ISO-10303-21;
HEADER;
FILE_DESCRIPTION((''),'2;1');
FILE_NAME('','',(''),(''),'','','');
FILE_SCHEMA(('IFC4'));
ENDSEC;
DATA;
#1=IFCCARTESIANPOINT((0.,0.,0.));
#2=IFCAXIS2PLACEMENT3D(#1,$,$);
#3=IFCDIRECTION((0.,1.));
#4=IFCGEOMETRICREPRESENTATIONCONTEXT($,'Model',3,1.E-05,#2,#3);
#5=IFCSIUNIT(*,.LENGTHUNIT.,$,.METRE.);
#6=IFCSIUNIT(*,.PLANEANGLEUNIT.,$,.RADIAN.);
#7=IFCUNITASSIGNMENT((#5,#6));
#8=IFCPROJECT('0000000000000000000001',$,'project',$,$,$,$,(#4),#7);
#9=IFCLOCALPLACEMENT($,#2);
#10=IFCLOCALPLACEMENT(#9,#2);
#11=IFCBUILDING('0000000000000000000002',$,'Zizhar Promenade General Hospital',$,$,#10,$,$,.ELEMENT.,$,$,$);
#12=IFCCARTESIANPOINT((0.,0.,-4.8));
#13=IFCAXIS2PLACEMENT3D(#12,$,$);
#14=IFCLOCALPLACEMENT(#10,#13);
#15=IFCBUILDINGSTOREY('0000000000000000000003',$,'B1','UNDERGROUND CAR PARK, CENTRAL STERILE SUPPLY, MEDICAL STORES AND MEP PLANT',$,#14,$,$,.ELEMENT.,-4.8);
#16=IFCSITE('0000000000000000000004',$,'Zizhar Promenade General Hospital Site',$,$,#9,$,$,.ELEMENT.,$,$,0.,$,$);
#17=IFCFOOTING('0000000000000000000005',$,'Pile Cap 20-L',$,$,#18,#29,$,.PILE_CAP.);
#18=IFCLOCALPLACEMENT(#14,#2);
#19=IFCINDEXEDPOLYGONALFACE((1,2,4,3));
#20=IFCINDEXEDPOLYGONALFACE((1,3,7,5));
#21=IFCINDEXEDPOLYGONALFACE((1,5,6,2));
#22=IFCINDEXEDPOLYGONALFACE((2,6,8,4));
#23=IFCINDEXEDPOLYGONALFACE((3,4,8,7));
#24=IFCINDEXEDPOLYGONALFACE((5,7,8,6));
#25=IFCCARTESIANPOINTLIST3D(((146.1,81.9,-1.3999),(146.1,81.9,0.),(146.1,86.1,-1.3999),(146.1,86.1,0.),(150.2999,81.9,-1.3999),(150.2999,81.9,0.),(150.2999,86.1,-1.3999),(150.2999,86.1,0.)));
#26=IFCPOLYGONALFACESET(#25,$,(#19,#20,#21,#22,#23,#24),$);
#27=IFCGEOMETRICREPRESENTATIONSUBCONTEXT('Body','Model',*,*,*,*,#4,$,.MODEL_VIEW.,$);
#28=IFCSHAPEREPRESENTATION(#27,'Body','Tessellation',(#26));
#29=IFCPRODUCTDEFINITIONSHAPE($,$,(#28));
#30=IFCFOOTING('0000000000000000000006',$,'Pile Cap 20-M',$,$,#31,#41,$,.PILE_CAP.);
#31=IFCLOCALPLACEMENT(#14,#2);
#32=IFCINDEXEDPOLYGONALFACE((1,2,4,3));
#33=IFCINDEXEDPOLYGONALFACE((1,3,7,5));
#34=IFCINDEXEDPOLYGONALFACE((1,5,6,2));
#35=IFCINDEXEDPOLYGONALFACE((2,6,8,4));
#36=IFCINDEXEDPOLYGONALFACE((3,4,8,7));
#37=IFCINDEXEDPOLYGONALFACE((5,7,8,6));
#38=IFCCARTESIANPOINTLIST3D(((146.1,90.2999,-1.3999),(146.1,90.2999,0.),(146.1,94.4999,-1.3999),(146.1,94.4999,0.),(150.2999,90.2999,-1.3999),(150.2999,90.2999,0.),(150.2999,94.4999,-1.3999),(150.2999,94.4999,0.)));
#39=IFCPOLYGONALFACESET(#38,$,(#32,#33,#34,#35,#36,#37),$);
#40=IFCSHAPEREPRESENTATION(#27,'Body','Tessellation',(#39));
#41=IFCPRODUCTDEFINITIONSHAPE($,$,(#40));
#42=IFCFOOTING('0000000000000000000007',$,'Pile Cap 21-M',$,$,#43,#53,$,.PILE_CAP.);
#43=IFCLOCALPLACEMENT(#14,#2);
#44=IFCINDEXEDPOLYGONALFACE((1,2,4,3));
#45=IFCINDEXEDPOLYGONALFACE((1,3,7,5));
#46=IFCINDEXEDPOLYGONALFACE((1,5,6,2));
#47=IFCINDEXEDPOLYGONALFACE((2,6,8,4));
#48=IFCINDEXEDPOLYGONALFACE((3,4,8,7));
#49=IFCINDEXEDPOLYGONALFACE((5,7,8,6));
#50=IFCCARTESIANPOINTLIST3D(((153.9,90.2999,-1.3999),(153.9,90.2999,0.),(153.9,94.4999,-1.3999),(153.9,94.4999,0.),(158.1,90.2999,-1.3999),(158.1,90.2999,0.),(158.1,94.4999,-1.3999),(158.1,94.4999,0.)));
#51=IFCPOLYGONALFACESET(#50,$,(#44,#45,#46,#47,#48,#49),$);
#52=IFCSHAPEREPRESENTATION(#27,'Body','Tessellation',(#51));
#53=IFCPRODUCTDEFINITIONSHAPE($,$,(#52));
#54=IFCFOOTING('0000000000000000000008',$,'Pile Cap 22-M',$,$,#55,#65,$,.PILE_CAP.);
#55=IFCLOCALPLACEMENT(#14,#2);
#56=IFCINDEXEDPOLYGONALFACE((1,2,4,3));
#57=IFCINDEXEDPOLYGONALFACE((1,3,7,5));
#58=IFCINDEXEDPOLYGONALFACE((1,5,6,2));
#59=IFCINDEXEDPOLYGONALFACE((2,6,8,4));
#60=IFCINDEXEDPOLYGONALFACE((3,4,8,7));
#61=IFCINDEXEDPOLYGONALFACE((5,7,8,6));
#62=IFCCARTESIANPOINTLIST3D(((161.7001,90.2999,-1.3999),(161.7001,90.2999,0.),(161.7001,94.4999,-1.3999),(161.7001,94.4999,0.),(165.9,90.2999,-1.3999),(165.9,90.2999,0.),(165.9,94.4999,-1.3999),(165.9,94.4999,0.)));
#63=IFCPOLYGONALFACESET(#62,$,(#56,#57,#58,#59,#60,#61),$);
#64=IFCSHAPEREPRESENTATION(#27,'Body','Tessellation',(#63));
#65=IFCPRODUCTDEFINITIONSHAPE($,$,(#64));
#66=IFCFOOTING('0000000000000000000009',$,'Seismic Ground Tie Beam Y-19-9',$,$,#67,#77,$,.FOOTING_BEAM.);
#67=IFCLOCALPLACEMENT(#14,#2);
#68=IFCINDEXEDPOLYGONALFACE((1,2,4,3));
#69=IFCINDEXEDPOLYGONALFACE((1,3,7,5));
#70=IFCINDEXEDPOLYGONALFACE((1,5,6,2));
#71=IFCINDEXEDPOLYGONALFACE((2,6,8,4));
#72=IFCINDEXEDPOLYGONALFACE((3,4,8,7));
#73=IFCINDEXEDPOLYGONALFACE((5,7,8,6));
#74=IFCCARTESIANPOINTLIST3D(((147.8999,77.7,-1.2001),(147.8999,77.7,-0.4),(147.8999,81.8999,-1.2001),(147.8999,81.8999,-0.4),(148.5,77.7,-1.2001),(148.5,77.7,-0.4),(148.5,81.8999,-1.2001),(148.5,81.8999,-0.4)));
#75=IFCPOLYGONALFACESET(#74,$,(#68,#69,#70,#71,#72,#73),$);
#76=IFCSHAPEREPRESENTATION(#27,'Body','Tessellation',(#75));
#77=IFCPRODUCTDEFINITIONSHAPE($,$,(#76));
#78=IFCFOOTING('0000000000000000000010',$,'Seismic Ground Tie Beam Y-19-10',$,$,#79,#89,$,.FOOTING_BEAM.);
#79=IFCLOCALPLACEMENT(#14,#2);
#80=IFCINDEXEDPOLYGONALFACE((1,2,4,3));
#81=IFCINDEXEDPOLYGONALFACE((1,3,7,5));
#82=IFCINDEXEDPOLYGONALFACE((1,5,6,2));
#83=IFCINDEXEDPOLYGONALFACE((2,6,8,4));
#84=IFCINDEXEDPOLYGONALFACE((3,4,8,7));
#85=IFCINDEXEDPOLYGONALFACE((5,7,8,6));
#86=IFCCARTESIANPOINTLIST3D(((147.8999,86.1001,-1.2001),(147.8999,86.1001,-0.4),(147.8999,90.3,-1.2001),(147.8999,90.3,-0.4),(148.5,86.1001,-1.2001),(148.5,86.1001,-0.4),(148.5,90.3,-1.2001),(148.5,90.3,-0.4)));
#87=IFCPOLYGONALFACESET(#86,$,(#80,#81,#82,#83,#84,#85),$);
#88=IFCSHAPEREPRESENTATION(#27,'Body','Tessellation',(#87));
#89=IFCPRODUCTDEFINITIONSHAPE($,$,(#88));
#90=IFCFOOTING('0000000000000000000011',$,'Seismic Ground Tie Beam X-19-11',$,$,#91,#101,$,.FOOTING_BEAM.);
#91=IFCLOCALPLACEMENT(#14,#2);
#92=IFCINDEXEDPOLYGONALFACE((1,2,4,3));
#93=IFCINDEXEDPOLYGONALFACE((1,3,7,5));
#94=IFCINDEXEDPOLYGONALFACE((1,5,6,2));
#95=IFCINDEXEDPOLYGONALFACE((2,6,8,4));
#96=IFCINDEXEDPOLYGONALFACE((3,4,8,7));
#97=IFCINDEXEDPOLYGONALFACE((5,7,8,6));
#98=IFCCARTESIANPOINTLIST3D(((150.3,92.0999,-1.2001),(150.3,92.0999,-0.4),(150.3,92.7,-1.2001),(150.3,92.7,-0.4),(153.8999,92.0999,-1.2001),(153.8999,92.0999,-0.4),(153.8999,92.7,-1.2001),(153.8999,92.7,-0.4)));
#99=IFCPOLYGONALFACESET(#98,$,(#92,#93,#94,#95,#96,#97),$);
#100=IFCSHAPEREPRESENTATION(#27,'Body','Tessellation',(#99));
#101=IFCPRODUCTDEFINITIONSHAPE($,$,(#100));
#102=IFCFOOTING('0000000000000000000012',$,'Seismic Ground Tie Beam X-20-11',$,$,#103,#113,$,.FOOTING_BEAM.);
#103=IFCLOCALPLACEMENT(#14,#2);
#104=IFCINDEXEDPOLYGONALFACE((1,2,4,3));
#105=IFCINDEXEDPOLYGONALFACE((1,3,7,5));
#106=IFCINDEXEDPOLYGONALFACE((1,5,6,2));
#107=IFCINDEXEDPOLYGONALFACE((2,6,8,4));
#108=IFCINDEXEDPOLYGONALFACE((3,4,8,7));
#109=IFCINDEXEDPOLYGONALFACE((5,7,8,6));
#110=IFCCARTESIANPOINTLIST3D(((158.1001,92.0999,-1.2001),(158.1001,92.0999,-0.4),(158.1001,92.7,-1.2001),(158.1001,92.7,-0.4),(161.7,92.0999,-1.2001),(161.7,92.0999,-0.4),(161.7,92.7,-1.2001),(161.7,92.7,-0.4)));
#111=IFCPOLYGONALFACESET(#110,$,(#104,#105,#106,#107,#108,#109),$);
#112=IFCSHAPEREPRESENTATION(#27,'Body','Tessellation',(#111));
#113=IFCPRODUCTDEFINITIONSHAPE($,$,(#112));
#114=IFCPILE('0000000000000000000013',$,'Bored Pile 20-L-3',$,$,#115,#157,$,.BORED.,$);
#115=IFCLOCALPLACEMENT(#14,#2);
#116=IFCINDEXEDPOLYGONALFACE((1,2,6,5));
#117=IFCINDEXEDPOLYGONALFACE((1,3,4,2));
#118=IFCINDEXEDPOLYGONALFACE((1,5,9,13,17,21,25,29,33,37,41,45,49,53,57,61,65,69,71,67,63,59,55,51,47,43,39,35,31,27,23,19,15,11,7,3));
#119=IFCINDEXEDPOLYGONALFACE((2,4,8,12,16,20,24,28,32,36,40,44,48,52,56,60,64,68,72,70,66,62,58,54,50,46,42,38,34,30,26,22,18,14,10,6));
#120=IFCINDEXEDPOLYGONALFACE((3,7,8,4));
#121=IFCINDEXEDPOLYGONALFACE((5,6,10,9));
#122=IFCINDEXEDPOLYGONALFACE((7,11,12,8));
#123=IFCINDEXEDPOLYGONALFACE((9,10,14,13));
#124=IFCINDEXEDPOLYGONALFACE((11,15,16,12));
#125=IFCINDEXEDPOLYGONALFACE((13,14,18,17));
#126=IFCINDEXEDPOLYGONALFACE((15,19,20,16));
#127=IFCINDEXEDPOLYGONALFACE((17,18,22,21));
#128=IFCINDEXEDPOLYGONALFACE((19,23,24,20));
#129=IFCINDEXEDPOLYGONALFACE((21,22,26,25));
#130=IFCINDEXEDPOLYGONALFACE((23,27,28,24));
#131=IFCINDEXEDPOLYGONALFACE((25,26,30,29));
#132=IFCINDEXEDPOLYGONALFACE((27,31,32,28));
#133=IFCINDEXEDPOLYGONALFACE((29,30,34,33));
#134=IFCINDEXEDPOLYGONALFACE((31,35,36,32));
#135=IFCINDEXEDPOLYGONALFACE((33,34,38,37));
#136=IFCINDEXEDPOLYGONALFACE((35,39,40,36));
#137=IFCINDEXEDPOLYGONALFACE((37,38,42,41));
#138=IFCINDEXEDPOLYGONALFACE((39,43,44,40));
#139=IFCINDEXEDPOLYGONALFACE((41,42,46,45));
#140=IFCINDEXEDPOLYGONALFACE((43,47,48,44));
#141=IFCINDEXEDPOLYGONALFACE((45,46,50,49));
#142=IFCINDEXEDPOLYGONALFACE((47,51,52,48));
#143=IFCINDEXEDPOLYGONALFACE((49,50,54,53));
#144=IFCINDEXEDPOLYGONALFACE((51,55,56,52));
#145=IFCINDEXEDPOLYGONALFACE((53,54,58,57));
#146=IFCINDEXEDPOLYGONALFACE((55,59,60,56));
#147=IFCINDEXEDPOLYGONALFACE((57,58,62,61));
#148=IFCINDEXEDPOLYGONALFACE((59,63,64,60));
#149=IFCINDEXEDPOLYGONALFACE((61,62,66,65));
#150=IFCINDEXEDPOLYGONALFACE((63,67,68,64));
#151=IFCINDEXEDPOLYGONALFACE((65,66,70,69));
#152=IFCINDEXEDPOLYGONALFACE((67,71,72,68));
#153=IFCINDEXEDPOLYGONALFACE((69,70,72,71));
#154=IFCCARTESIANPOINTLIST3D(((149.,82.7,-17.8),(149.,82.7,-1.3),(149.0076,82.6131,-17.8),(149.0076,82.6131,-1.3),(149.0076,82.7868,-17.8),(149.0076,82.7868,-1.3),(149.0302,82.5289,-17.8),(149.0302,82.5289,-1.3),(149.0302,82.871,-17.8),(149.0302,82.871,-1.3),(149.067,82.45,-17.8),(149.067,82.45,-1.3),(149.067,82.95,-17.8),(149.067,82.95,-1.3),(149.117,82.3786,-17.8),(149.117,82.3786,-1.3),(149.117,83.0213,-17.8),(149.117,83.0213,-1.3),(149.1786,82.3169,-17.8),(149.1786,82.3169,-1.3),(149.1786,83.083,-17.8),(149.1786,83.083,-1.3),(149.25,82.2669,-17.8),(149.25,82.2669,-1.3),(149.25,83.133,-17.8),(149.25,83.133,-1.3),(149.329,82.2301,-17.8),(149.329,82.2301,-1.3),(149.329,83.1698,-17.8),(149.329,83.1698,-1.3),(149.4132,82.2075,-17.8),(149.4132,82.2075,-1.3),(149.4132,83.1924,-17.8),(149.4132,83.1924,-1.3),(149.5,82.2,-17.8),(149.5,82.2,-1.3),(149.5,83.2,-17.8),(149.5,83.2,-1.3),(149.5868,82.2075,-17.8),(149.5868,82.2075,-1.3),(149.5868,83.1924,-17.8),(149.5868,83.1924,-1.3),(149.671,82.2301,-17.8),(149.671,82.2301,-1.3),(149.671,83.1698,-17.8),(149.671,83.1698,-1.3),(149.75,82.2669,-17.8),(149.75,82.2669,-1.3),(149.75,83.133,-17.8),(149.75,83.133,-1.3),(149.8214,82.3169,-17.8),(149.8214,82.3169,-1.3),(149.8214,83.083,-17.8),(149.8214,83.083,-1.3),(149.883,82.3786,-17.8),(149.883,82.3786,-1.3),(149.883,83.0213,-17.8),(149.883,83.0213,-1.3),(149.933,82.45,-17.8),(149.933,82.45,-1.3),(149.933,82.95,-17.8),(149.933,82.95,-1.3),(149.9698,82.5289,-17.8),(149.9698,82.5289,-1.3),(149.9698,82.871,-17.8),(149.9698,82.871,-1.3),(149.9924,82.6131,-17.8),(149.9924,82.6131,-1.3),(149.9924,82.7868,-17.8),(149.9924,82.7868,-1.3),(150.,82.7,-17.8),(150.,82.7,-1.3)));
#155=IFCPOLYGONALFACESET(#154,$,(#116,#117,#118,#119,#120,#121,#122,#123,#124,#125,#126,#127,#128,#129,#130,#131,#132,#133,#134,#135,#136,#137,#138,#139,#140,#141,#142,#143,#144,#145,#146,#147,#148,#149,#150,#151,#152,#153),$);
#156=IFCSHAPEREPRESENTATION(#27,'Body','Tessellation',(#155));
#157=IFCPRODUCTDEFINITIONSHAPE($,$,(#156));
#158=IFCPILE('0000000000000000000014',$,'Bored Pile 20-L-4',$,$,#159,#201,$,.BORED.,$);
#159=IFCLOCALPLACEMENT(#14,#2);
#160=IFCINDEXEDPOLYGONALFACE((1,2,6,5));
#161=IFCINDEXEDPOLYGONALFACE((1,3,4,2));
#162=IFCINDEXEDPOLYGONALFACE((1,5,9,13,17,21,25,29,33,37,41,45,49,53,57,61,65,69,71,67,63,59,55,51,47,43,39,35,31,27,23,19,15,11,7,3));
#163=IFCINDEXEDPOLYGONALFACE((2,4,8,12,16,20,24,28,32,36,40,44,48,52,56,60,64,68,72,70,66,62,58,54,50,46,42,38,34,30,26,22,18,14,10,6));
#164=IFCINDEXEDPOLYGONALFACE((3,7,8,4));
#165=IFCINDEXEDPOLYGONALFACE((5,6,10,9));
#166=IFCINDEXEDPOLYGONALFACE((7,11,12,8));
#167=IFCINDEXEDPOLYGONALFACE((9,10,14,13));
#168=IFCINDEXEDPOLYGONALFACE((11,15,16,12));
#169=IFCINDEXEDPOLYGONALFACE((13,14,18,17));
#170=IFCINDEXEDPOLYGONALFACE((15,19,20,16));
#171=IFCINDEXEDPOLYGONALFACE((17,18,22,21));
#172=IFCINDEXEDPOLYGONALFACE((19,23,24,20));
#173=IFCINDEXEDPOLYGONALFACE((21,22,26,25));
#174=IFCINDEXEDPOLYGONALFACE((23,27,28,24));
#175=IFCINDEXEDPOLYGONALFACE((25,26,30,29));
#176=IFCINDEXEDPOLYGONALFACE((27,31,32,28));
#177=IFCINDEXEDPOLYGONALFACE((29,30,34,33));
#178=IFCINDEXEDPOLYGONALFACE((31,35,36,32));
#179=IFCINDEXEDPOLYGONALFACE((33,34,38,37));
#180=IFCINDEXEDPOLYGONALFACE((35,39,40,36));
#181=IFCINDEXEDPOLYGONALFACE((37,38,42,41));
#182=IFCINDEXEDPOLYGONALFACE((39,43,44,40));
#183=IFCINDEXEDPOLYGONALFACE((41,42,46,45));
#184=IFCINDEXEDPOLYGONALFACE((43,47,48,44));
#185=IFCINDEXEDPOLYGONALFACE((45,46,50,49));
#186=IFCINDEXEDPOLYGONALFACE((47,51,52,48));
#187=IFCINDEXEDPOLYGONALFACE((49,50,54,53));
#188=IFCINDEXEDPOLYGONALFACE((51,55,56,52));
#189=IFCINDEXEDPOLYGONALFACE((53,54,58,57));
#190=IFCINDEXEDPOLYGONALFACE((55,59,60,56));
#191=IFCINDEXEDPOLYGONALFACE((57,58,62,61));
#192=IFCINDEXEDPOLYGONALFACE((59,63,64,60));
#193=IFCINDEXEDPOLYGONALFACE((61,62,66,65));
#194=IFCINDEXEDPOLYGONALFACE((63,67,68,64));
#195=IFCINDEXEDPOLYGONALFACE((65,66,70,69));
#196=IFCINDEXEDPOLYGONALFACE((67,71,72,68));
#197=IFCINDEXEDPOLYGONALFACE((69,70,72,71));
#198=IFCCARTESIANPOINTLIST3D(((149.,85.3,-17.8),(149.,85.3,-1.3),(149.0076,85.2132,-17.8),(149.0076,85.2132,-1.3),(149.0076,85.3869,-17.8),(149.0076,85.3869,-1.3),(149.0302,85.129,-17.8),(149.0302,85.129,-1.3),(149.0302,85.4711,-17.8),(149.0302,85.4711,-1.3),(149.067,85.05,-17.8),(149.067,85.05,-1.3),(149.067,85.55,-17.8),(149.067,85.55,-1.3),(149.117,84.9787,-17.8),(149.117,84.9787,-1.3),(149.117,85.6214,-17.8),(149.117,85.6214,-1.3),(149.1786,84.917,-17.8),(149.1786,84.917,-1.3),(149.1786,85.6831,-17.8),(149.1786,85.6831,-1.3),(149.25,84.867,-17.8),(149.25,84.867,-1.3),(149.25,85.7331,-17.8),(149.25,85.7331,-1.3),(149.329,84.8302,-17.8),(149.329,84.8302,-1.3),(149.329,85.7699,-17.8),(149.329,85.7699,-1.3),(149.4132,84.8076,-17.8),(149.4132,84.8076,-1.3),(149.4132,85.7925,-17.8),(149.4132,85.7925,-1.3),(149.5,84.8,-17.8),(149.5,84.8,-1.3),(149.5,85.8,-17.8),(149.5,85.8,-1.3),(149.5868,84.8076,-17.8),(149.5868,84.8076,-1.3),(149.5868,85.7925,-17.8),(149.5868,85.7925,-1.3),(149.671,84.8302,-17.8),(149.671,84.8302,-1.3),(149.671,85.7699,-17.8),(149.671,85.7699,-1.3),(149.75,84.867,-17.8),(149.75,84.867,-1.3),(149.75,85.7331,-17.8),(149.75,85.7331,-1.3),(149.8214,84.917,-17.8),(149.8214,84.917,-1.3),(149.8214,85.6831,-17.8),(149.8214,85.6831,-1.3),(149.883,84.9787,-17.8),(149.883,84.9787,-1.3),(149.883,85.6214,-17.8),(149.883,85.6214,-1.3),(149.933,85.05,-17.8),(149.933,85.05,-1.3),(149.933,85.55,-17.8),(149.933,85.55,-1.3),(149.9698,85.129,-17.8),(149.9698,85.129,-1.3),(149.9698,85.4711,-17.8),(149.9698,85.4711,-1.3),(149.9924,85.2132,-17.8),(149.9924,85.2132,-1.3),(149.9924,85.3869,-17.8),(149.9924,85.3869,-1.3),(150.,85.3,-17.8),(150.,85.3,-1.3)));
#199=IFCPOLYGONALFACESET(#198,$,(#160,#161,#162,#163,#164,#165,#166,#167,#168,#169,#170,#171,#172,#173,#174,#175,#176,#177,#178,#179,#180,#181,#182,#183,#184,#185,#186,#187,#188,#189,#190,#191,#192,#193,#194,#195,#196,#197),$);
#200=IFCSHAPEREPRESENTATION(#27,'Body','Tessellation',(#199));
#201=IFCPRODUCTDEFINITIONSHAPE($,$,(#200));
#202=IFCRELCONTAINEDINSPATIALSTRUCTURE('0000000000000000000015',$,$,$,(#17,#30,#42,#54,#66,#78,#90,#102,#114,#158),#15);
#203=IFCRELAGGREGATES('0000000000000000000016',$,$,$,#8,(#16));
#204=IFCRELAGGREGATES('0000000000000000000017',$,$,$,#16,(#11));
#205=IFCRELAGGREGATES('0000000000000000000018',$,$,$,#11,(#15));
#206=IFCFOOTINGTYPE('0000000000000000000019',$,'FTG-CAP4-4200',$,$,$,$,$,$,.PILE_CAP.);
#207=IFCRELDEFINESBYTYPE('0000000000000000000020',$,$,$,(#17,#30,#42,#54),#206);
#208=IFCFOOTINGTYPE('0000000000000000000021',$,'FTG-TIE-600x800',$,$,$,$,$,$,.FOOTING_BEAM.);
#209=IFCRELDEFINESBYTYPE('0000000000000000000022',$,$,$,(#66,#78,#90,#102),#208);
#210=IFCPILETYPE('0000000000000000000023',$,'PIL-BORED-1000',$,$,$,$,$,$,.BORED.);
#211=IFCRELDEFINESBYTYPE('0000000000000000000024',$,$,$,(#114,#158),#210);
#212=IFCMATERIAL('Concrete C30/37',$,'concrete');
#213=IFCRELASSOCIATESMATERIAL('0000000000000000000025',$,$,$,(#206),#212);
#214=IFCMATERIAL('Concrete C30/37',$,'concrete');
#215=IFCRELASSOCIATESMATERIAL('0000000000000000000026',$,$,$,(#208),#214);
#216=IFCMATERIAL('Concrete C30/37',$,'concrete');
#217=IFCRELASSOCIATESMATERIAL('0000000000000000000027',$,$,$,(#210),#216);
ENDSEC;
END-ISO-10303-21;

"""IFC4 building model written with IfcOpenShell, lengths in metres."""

from ifc_helpers import new_model, si_unit, direction, frame, origin, origin_2d, place, context, subcontext, project, spatial, rectangle, circle, extrude, material, material_profile, profile_set, type_object, element, save


model = new_model("IFC4")

# Units and contexts
model_context = context("Model", 3, precision=1e-05, world=origin(), true_north=direction((0.0, 1.0)))
body_context = subcontext(model_context, "Body", "Model", "MODEL_VIEW")
ifc_project = project(units=[si_unit("LENGTHUNIT", "METRE"), si_unit("PLANEANGLEUNIT", "RADIAN")], contexts=[model_context])

# Site, building, storey
site_placement = place(None, origin())
site = spatial("IfcSite", under=ifc_project, at=site_placement, Name="Zizhar Promenade General Hospital Site", CompositionType="ELEMENT", RefElevation=0.0)
building_placement = place(site_placement, origin())
building = spatial("IfcBuilding", under=site, at=building_placement, Name="Zizhar Promenade General Hospital", CompositionType="ELEMENT")
storey_placement = place(building_placement, frame((0.0, 0.0, -4.8)))
storey = spatial("IfcBuildingStorey", under=building, at=storey_placement, Name="B1", Description="UNDERGROUND CAR PARK, CENTRAL STERILE SUPPLY, MEDICAL STORES AND MEP PLANT", CompositionType="ELEMENT", Elevation=-4.8)

# Footings
ifc_material_1 = material(Name="Concrete C30/37", Category="concrete")
footing_type_1 = type_object("IfcFootingType", Name="FTG-CAP4-4200", PredefinedType="PILE_CAP", material=ifc_material_1)
for number, where, z_axis, x_axis, name in (
    (1, (148.2, 84.0, -1.3999), (0.0, 0.0, 1.0), (1.0, 0.0, 0.0), "Pile Cap 20-L"),
    (2, (148.2, 92.3999, -1.3999), (0.0, 0.0, 1.0), (1.0, 0.0, 0.0), "Pile Cap 20-M"),
    (3, (156.0, 92.3999, -1.3999), (0.0, 0.0, 1.0), (1.0, 0.0, 0.0), "Pile Cap 21-M"),
    (4, (163.8, 92.3999, -1.3999), (0.0, 0.0, 1.0), (1.0, 0.0, 0.0), "Pile Cap 22-M"),
):
    element("IfcFooting", number, at=place(storey_placement, frame(where, z_axis=z_axis, x_axis=x_axis)), inside=storey, type_object=footing_type_1, Name=name, PredefinedType="PILE_CAP", context=body_context, shape_type="SweptSolid", body=[
        extrude(rectangle(XDim=4.2, YDim=4.2, at=origin_2d()), origin(), (0.0, 0.0, 1.0), 1.3999),
    ])
ifc_material_2 = material(Name="Concrete C30/37", Category="concrete")
ifc_material_profile_1 = material_profile(ifc_material_2, rectangle(XDim=0.6001, YDim=0.8, at=origin_2d()))
ifc_profile_set_1 = profile_set([ifc_material_profile_1], Name="Concrete C30/37")
footing_type_2 = type_object("IfcFootingType", Name="FTG-TIE-600x800", PredefinedType="FOOTING_BEAM", material=ifc_profile_set_1)
for number, where, z_axis, x_axis, name in (
    (5, (148.2, 77.7, -0.8), (0.0, 1.0, 0.0), (-1.0, 0.0, 0.0), "Seismic Ground Tie Beam Y-19-9"),
    (6, (148.2, 86.1001, -0.8), (0.0, 1.0, 0.0), (-1.0, 0.0, 0.0), "Seismic Ground Tie Beam Y-19-10"),
):
    element("IfcFooting", number, at=place(storey_placement, frame(where, z_axis=z_axis, x_axis=x_axis)), inside=storey, type_object=footing_type_2, Name=name, PredefinedType="FOOTING_BEAM", context=body_context, shape_type="SweptSolid", body=[
        extrude(rectangle(XDim=0.6001, YDim=0.8, at=origin_2d()), origin(), (0.0, 0.0, 1.0), 4.2),
    ])
for number, where, z_axis, x_axis, name in (
    (7, (150.3, 92.3999, -0.8), (1.0, 0.0, 0.0), (0.0, 1.0, 0.0), "Seismic Ground Tie Beam X-19-11"),
    (8, (158.1001, 92.3999, -0.8), (1.0, 0.0, 0.0), (0.0, 1.0, 0.0), "Seismic Ground Tie Beam X-20-11"),
):
    element("IfcFooting", number, at=place(storey_placement, frame(where, z_axis=z_axis, x_axis=x_axis)), inside=storey, type_object=footing_type_2, Name=name, PredefinedType="FOOTING_BEAM", context=body_context, shape_type="SweptSolid", body=[
        extrude(rectangle(XDim=0.6001, YDim=0.8, at=origin_2d()), origin(), (0.0, 0.0, 1.0), 3.5999),
    ])

# Piles
ifc_material_3 = material(Name="Concrete C30/37", Category="concrete")
ifc_material_profile_2 = material_profile(ifc_material_3, circle(Radius=0.5, at=origin_2d()))
ifc_profile_set_2 = profile_set([ifc_material_profile_2], Name="Concrete C30/37")
pile_type = type_object("IfcPileType", Name="PIL-BORED-1000", PredefinedType="BORED", material=ifc_profile_set_2)
for number, where, z_axis, x_axis, name in (
    (9, (149.5, 82.7, -1.3), (0.0, 0.0, -1.0), (1.0, 0.0, 0.0), "Bored Pile 20-L-3"),
    (10, (149.5, 85.3, -1.3), (0.0, 0.0, -1.0), (1.0, 0.0, 0.0), "Bored Pile 20-L-4"),
):
    element("IfcPile", number, at=place(storey_placement, frame(where, z_axis=z_axis, x_axis=x_axis)), inside=storey, type_object=pile_type, Name=name, PredefinedType="BORED", context=body_context, shape_type="SweptSolid", body=[
        extrude(circle(Radius=0.5, at=origin_2d()), origin(), (0.0, 0.0, 1.0), 16.5),
    ])

save(model, "model.ifc")
